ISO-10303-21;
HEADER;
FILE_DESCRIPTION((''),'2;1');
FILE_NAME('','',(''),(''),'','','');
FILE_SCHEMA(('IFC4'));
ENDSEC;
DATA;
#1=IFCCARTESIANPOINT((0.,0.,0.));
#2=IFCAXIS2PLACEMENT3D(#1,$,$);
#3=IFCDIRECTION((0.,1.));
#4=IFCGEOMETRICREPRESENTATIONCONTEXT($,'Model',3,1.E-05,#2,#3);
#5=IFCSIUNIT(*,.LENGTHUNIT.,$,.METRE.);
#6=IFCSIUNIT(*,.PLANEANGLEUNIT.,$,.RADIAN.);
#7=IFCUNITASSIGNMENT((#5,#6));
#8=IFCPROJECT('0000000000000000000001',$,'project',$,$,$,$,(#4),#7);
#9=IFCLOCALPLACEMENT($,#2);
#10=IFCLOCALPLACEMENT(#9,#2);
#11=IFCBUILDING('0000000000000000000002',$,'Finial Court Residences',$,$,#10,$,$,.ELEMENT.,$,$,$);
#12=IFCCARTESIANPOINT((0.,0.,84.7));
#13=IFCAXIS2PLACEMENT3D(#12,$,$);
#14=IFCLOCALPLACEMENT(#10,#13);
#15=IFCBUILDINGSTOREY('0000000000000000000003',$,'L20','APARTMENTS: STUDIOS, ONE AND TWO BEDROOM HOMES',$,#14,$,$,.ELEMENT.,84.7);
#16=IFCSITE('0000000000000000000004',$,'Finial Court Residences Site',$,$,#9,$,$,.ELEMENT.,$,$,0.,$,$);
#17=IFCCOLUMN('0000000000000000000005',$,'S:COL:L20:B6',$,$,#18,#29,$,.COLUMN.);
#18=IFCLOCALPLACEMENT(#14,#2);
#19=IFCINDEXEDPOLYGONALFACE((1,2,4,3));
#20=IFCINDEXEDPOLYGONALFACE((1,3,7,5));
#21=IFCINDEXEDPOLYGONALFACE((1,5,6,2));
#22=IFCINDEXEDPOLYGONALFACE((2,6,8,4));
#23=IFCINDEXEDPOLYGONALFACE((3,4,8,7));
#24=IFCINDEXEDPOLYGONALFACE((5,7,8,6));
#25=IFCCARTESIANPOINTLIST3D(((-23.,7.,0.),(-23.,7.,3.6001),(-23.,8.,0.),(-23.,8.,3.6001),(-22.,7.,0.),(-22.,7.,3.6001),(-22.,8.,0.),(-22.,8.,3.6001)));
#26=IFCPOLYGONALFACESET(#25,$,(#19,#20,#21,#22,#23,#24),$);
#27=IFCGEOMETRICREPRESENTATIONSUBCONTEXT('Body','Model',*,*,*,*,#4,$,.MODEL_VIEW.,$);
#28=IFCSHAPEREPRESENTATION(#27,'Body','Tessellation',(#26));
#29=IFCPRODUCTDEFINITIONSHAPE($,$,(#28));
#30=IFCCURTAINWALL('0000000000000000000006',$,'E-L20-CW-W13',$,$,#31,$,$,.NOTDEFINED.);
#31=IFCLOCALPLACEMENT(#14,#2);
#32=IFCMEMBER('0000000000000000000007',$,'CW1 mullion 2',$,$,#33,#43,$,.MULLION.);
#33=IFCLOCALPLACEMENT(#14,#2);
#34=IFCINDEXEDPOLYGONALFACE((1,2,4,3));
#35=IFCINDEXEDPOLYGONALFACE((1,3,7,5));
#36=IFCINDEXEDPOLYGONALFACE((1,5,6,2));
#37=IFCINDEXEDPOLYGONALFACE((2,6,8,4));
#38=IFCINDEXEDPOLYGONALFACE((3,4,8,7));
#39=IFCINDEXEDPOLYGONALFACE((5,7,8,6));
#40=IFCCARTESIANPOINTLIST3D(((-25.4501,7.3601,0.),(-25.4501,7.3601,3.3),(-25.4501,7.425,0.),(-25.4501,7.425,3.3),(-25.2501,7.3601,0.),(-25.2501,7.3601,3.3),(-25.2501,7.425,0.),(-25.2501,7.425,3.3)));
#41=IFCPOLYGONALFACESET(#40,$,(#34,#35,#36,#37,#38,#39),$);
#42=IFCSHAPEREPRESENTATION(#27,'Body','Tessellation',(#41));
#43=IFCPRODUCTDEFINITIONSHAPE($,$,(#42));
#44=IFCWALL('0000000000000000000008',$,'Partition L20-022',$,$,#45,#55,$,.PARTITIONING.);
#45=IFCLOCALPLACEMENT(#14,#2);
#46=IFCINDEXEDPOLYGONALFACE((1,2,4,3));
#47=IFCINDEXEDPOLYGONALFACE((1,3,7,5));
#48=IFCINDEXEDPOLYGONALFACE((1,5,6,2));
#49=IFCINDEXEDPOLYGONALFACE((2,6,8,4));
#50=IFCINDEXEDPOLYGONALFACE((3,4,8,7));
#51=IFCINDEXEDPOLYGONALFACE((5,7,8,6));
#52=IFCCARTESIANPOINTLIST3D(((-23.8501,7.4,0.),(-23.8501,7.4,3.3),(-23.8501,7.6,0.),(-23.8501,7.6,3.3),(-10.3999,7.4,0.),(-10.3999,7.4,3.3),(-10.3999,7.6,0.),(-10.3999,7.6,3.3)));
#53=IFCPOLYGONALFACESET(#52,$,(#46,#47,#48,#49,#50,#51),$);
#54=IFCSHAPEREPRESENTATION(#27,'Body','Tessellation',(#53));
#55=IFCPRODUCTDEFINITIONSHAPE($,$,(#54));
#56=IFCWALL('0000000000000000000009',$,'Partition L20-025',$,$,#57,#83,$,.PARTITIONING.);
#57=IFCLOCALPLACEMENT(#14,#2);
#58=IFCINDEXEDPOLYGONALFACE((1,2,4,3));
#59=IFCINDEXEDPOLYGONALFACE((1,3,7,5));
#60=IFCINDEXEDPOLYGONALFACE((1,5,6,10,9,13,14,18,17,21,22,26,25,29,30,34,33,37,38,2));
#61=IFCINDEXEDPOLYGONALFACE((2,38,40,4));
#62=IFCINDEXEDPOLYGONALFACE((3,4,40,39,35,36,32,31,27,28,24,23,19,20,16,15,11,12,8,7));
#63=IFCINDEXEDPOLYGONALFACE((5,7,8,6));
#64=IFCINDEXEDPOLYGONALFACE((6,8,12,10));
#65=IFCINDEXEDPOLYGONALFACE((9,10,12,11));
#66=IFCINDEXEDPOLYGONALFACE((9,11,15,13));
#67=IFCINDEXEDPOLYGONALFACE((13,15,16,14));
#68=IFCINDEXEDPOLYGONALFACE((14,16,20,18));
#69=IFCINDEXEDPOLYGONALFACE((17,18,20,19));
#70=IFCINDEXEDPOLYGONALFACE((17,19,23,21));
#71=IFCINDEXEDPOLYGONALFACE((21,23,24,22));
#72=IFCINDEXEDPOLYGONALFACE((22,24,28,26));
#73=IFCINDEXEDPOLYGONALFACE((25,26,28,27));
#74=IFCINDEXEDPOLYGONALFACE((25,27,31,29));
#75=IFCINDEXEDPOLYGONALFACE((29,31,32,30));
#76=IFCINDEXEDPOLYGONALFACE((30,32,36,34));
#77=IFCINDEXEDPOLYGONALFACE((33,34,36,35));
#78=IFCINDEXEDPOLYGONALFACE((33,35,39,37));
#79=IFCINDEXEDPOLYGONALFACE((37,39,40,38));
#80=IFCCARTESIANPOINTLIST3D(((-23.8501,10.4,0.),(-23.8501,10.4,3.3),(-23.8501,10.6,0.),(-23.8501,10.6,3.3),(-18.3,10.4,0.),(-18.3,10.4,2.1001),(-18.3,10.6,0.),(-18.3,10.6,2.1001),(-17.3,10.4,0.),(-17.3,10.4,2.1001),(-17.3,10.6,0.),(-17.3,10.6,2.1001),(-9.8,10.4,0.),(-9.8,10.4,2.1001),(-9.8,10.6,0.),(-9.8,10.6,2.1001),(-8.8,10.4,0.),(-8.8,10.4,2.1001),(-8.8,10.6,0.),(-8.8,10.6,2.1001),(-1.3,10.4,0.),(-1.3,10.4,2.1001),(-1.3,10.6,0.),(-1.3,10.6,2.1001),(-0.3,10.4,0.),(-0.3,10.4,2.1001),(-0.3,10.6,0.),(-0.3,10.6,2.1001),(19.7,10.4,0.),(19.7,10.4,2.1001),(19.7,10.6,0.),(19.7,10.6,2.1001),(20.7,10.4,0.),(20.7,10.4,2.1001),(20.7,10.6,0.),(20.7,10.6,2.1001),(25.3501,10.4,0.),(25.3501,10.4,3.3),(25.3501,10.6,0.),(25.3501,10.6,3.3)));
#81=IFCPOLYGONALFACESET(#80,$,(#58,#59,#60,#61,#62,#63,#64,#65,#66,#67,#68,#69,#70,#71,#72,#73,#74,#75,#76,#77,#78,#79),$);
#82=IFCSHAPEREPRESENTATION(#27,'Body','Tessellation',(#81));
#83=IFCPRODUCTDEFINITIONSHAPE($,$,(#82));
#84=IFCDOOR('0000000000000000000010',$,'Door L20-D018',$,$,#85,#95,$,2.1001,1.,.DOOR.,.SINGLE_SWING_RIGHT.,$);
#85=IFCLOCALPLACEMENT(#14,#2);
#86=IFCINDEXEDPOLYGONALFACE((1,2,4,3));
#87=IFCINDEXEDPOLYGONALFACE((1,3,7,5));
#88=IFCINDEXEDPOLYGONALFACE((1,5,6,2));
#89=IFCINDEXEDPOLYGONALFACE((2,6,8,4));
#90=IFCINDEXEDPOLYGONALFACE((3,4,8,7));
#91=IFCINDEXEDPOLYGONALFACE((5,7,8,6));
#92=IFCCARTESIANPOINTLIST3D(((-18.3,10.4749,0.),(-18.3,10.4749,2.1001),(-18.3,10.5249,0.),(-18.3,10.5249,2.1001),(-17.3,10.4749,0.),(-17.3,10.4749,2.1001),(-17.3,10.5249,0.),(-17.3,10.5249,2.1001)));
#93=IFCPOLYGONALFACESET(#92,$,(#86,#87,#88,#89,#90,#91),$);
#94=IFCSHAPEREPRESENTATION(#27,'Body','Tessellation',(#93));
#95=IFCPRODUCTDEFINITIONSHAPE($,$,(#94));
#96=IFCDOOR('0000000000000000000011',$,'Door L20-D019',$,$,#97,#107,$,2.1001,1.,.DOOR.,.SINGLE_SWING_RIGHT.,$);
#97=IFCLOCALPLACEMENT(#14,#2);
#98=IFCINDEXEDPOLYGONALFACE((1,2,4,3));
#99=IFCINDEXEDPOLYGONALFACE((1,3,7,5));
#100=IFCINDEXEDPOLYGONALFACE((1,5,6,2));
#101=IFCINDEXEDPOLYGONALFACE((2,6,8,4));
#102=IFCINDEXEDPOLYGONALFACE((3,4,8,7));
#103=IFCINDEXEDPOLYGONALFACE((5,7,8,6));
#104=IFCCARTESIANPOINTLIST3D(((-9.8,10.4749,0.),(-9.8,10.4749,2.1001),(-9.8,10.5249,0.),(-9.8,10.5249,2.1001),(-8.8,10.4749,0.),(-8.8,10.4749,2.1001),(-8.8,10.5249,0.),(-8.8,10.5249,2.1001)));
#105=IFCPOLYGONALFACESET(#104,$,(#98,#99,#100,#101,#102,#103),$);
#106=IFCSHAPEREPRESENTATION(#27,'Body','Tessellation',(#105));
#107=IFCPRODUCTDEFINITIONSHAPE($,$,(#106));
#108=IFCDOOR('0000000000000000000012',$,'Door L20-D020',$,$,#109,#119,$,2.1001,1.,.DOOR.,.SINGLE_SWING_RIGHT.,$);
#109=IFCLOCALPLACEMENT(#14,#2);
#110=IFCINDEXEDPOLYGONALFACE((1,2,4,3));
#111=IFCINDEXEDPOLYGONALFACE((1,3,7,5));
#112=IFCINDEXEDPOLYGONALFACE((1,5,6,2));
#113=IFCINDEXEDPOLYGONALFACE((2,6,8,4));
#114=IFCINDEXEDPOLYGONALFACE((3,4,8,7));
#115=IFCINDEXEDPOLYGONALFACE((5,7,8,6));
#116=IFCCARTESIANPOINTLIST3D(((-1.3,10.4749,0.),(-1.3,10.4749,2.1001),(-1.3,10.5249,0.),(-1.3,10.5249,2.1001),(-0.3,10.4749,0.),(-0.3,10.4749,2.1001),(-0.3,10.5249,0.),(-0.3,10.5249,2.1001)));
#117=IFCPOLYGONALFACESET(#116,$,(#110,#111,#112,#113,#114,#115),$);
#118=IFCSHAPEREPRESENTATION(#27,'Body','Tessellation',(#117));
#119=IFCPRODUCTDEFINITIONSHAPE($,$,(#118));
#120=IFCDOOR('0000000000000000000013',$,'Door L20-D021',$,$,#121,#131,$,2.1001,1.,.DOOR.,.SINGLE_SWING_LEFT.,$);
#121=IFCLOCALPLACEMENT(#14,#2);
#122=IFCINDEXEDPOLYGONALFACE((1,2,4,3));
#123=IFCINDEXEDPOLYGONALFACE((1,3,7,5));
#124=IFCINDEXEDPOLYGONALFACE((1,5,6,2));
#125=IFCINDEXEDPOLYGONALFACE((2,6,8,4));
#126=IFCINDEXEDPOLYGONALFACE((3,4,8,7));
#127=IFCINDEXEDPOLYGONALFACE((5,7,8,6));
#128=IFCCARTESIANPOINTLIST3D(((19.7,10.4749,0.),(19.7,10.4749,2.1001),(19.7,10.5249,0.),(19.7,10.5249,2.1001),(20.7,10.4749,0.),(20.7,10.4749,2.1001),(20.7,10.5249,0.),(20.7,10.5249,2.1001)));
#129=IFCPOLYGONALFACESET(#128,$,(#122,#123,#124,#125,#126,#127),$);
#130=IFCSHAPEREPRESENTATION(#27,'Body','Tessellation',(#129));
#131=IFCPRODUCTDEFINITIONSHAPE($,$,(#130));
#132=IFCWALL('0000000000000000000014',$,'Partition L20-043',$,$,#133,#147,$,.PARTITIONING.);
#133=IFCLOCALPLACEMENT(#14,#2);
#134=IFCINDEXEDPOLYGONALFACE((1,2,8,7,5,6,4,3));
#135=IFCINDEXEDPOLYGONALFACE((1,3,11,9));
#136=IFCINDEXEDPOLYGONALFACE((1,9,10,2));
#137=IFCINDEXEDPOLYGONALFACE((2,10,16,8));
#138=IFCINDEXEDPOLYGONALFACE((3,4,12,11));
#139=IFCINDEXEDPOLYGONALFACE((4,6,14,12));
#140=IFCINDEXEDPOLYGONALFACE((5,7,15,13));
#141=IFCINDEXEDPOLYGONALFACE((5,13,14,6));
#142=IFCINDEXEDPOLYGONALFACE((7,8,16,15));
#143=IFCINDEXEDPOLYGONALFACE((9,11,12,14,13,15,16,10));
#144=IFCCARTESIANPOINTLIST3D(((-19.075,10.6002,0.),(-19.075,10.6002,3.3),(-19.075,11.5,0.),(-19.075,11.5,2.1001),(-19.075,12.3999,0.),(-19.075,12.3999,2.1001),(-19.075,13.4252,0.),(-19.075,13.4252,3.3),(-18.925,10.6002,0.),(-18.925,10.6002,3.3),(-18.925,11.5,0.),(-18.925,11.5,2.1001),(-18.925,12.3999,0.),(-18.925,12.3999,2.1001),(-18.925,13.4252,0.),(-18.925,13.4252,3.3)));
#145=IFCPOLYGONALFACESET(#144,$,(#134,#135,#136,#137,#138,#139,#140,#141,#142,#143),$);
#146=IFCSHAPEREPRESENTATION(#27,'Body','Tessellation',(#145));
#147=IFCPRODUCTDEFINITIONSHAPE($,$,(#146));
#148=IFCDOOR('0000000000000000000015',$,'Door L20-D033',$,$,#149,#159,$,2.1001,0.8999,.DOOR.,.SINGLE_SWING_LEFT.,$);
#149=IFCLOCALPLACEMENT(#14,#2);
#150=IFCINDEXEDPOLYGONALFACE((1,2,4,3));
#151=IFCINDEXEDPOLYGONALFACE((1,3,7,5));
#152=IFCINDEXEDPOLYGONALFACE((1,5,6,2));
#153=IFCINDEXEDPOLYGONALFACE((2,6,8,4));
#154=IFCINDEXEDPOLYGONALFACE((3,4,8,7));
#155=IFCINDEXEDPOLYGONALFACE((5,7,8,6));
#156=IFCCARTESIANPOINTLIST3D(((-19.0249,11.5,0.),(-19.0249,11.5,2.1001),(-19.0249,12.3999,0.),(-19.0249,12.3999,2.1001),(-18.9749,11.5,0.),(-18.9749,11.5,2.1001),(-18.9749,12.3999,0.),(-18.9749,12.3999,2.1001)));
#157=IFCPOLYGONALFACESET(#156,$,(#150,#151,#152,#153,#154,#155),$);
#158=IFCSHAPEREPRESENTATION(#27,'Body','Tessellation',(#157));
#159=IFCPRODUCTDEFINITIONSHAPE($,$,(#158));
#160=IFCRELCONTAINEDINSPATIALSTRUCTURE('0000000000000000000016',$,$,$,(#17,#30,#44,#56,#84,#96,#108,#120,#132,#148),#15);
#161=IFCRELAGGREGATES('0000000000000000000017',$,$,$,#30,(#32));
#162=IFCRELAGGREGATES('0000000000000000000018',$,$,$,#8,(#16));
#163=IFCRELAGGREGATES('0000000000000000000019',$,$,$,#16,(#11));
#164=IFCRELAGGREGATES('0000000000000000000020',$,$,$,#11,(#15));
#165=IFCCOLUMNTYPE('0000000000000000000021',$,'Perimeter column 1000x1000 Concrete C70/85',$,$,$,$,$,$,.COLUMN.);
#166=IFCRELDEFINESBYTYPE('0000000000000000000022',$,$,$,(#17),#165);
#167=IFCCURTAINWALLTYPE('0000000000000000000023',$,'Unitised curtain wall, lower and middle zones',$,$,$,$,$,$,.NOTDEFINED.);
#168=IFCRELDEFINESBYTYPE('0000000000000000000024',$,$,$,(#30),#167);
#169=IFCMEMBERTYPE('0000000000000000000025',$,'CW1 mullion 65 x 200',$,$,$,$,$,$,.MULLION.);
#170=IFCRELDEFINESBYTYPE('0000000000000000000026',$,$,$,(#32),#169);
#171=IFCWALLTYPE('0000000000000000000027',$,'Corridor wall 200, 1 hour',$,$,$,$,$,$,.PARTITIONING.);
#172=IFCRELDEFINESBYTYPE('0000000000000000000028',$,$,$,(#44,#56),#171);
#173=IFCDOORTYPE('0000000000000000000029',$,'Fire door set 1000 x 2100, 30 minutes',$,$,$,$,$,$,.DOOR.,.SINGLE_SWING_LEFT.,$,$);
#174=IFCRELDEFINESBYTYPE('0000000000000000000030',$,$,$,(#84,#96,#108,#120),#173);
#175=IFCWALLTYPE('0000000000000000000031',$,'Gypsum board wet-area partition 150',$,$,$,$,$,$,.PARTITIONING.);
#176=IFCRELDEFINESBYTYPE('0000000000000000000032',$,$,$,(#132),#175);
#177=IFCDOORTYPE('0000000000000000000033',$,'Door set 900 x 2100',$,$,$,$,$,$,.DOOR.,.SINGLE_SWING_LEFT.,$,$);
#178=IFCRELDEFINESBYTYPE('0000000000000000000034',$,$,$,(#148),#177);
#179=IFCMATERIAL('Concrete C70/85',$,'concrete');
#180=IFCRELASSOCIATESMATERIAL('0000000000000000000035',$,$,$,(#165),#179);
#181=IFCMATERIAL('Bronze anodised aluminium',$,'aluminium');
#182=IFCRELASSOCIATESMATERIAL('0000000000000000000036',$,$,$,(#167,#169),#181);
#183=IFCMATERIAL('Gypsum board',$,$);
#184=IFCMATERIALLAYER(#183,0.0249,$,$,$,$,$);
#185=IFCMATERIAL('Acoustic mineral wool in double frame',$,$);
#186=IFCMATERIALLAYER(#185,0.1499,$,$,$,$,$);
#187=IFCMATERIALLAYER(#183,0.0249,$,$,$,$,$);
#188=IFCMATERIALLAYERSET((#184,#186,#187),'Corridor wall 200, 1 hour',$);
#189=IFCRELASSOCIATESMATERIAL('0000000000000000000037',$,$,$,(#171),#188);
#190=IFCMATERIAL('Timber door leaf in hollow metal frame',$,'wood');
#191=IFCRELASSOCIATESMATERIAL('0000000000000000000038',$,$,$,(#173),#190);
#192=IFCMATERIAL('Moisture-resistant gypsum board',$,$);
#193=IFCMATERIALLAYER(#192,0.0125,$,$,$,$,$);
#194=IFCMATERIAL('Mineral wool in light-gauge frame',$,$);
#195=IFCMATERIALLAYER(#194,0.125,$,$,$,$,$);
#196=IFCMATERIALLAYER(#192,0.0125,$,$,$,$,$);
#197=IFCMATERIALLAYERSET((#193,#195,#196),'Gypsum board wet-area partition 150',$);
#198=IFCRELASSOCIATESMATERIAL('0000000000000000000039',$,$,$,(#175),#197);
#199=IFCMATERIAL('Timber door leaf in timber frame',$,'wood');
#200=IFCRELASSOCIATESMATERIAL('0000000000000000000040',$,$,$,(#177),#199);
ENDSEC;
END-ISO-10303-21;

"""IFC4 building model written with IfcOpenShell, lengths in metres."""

from ifc_helpers import new_model, si_unit, direction, frame, frame_2d, origin, origin_2d, place, context, subcontext, project, spatial, rectangle, extrude, material, layer, layer_set, material_profile, profile_set, type_object, element, fill, aggregate, save


model = new_model("IFC4")

# Units and contexts
model_context = context("Model", 3, precision=1e-05, world=origin(), true_north=direction((0.0, 1.0)))
body_context = subcontext(model_context, "Body", "Model", "MODEL_VIEW")
ifc_project = project(units=[si_unit("LENGTHUNIT", "METRE"), si_unit("PLANEANGLEUNIT", "RADIAN")], contexts=[model_context])

# Site, building, storey
site_placement = place(None, origin())
site = spatial("IfcSite", under=ifc_project, at=site_placement, Name="Finial Court Residences Site", CompositionType="ELEMENT", RefElevation=0.0)
building_placement = place(site_placement, origin())
building = spatial("IfcBuilding", under=site, at=building_placement, Name="Finial Court Residences", CompositionType="ELEMENT")
storey_placement = place(building_placement, frame((0.0, 0.0, 84.7)))
storey = spatial("IfcBuildingStorey", under=building, at=storey_placement, Name="L20", Description="APARTMENTS: STUDIOS, ONE AND TWO BEDROOM HOMES", CompositionType="ELEMENT", Elevation=84.7)

# Column
ifc_material_1 = material(Name="Concrete C70/85", Category="concrete")
ifc_material_profile_1 = material_profile(ifc_material_1, rectangle(XDim=1.0, YDim=1.0, at=origin_2d()), Name="1000x1000")
ifc_profile_set_1 = profile_set([ifc_material_profile_1], Name="Concrete C70/85")
column_type = type_object("IfcColumnType", Name="Perimeter column 1000x1000 Concrete C70/85", PredefinedType="COLUMN", material=ifc_profile_set_1)
column_placement = place(storey_placement, frame((-22.5, 7.5, 0.0), z_axis=(0.0, 0.0, 1.0), x_axis=(1.0, 0.0, 0.0)))
element("IfcColumn", 1, at=column_placement, inside=storey, type_object=column_type, Name="S:COL:L20:B6", PredefinedType="COLUMN", context=body_context, shape_type="SweptSolid", body=[
    extrude(rectangle(XDim=1.0, YDim=1.0, at=origin_2d()), origin(), (0.0, 0.0, 1.0), 3.6001),
])

# Curtain wall, member
ifc_material_2 = material(Name="Bronze anodised aluminium", Category="aluminium")
curtain_wall_type = type_object("IfcCurtainWallType", Name="Unitised curtain wall, lower and middle zones", PredefinedType="NOTDEFINED", material=ifc_material_2)
curtain_wall_placement = place(storey_placement, origin())
curtain_wall = element("IfcCurtainWall", 2, at=curtain_wall_placement, inside=storey, type_object=curtain_wall_type, Name="E-L20-CW-W13", PredefinedType="NOTDEFINED")
ifc_material_profile_2 = material_profile(ifc_material_2, rectangle(XDim=0.2, YDim=0.0649, at=origin_2d()), Name="CW1 mullion 65 x 200")
ifc_profile_set_2 = profile_set([ifc_material_profile_2], Name="Bronze anodised aluminium")
member_type = type_object("IfcMemberType", Name="CW1 mullion 65 x 200", PredefinedType="MULLION", material=ifc_profile_set_2)
member_placement = place(storey_placement, frame((-25.3501, 7.3926, 0.0), z_axis=(0.0, 0.0, 1.0), x_axis=(-1.0, 0.0, 0.0)))
member = element("IfcMember", 3, at=member_placement, type_object=member_type, Name="CW1 mullion 2", PredefinedType="MULLION", context=body_context, shape_type="SweptSolid", body=[
    extrude(rectangle(XDim=0.2, YDim=0.0649, at=origin_2d()), origin(), (0.0, 0.0, 1.0), 3.3),
])
aggregate(curtain_wall, [member])

# Wall
ifc_material_3 = material(Name="Gypsum board")
ifc_layer_1 = layer(ifc_material_3, 0.0249)
ifc_material_4 = material(Name="Acoustic mineral wool in double frame")
ifc_layer_2 = layer(ifc_material_4, 0.1499)
ifc_layer_3 = layer(ifc_material_3, 0.0249)
ifc_layer_set_1 = layer_set([ifc_layer_1, ifc_layer_2, ifc_layer_3], Name="Corridor wall 200, 1 hour")
wall_type_1 = type_object("IfcWallType", Name="Corridor wall 200, 1 hour", PredefinedType="PARTITIONING", material=ifc_layer_set_1)
wall_1_placement = place(storey_placement, frame((-23.8501, 7.5, 0.0), z_axis=(0.0, 0.0, 1.0), x_axis=(1.0, 0.0, 0.0)))
element("IfcWall", 4, at=wall_1_placement, inside=storey, type_object=wall_type_1, Name="Partition L20-022", PredefinedType="PARTITIONING", context=body_context, shape_type="SweptSolid", body=[
    extrude(rectangle(XDim=13.4502, YDim=0.2, at=frame_2d((6.7251, 0.0))), origin(), (0.0, 0.0, 1.0), 3.3),
])

# Wall, openings, doors
wall_2_placement = place(storey_placement, frame((-23.8501, 10.5, 0.0), z_axis=(0.0, 0.0, 1.0), x_axis=(1.0, 0.0, 0.0)))
wall_2 = element("IfcWall", 5, at=wall_2_placement, inside=storey, type_object=wall_type_1, Name="Partition L20-025", PredefinedType="PARTITIONING", context=body_context, shape_type="SweptSolid", body=[
    extrude(rectangle(XDim=49.2002, YDim=0.2, at=frame_2d((24.6001, 0.0))), origin(), (0.0, 0.0, 1.0), 3.3),
])
opening_1_placement = place(wall_2_placement, frame((5.55, 0.0, 0.0)))
opening_1 = element("IfcOpeningElement", 6, at=opening_1_placement, cuts=wall_2, PredefinedType="OPENING", context=body_context, shape_type="SweptSolid", body=[
    extrude(rectangle(XDim=1.0, YDim=2.1001, at=frame_2d((0.5, 1.05))), frame((0.0, 0.1099, 0.0), z_axis=(0.0, -1.0, 0.0), x_axis=(1.0, 0.0, 0.0)), (0.0, 0.0, 1.0), 0.22),
])
opening_2_placement = place(wall_2_placement, frame((14.05, 0.0, 0.0)))
opening_2 = element("IfcOpeningElement", 7, at=opening_2_placement, cuts=wall_2, PredefinedType="OPENING", context=body_context, shape_type="SweptSolid", body=[
    extrude(rectangle(XDim=1.0, YDim=2.1001, at=frame_2d((0.5, 1.05))), frame((0.0, 0.1099, 0.0), z_axis=(0.0, -1.0, 0.0), x_axis=(1.0, 0.0, 0.0)), (0.0, 0.0, 1.0), 0.22),
])
opening_3_placement = place(wall_2_placement, frame((22.55, 0.0, 0.0)))
opening_3 = element("IfcOpeningElement", 8, at=opening_3_placement, cuts=wall_2, PredefinedType="OPENING", context=body_context, shape_type="SweptSolid", body=[
    extrude(rectangle(XDim=1.0, YDim=2.1001, at=frame_2d((0.5, 1.05))), frame((0.0, 0.1099, 0.0), z_axis=(0.0, -1.0, 0.0), x_axis=(1.0, 0.0, 0.0)), (0.0, 0.0, 1.0), 0.22),
])
opening_4_placement = place(wall_2_placement, frame((43.55, 0.0, 0.0)))
opening_4 = element("IfcOpeningElement", 9, at=opening_4_placement, cuts=wall_2, PredefinedType="OPENING", context=body_context, shape_type="SweptSolid", body=[
    extrude(rectangle(XDim=1.0, YDim=2.1001, at=frame_2d((0.5, 1.05))), frame((0.0, 0.1099, 0.0), z_axis=(0.0, -1.0, 0.0), x_axis=(1.0, 0.0, 0.0)), (0.0, 0.0, 1.0), 0.22),
])
ifc_material_5 = material(Name="Timber door leaf in hollow metal frame", Category="wood")
door_type_1 = type_object("IfcDoorType", Name="Fire door set 1000 x 2100, 30 minutes", OperationType="SINGLE_SWING_LEFT", PredefinedType="DOOR", material=ifc_material_5)
door_1_placement = place(opening_1_placement, origin())
door_1 = element("IfcDoor", 10, at=door_1_placement, inside=storey, type_object=door_type_1, Name="Door L20-D018", OperationType="SINGLE_SWING_RIGHT", OverallHeight=2.1001, OverallWidth=1.0, PredefinedType="DOOR", context=body_context, shape_type="SweptSolid", body=[
    extrude(rectangle(XDim=1.0, YDim=2.1001, at=frame_2d((0.5, 1.05))), frame((0.0, 0.0249, 0.0), z_axis=(0.0, -1.0, 0.0), x_axis=(1.0, 0.0, 0.0)), (0.0, 0.0, 1.0), 0.05),
])
fill(opening_1, door_1)
door_2_placement = place(opening_2_placement, origin())
door_2 = element("IfcDoor", 11, at=door_2_placement, inside=storey, type_object=door_type_1, Name="Door L20-D019", OperationType="SINGLE_SWING_RIGHT", OverallHeight=2.1001, OverallWidth=1.0, PredefinedType="DOOR", context=body_context, shape_type="SweptSolid", body=[
    extrude(rectangle(XDim=1.0, YDim=2.1001, at=frame_2d((0.5, 1.05))), frame((0.0, 0.0249, 0.0), z_axis=(0.0, -1.0, 0.0), x_axis=(1.0, 0.0, 0.0)), (0.0, 0.0, 1.0), 0.05),
])
fill(opening_2, door_2)
door_3_placement = place(opening_3_placement, origin())
door_3 = element("IfcDoor", 12, at=door_3_placement, inside=storey, type_object=door_type_1, Name="Door L20-D020", OperationType="SINGLE_SWING_RIGHT", OverallHeight=2.1001, OverallWidth=1.0, PredefinedType="DOOR", context=body_context, shape_type="SweptSolid", body=[
    extrude(rectangle(XDim=1.0, YDim=2.1001, at=frame_2d((0.5, 1.05))), frame((0.0, 0.0249, 0.0), z_axis=(0.0, -1.0, 0.0), x_axis=(1.0, 0.0, 0.0)), (0.0, 0.0, 1.0), 0.05),
])
fill(opening_3, door_3)
door_4_placement = place(opening_4_placement, origin())
door_4 = element("IfcDoor", 13, at=door_4_placement, inside=storey, type_object=door_type_1, Name="Door L20-D021", OperationType="SINGLE_SWING_LEFT", OverallHeight=2.1001, OverallWidth=1.0, PredefinedType="DOOR", context=body_context, shape_type="SweptSolid", body=[
    extrude(rectangle(XDim=1.0, YDim=2.1001, at=frame_2d((0.5, 1.05))), frame((0.0, 0.0249, 0.0), z_axis=(0.0, -1.0, 0.0), x_axis=(1.0, 0.0, 0.0)), (0.0, 0.0, 1.0), 0.05),
])
fill(opening_4, door_4)

# Wall, opening, door
ifc_material_6 = material(Name="Moisture-resistant gypsum board")
ifc_layer_4 = layer(ifc_material_6, 0.0125)
ifc_material_7 = material(Name="Mineral wool in light-gauge frame")
ifc_layer_5 = layer(ifc_material_7, 0.125)
ifc_layer_6 = layer(ifc_material_6, 0.0125)
ifc_layer_set_2 = layer_set([ifc_layer_4, ifc_layer_5, ifc_layer_6], Name="Gypsum board wet-area partition 150")
wall_type_2 = type_object("IfcWallType", Name="Gypsum board wet-area partition 150", PredefinedType="PARTITIONING", material=ifc_layer_set_2)
wall_3_placement = place(storey_placement, frame((-19.0, 10.6001, 0.0), z_axis=(0.0, 0.0, 1.0), x_axis=(0.0, 1.0, 0.0)))
wall_3 = element("IfcWall", 14, at=wall_3_placement, inside=storey, type_object=wall_type_2, Name="Partition L20-043", PredefinedType="PARTITIONING", context=body_context, shape_type="SweptSolid", body=[
    extrude(rectangle(XDim=2.825, YDim=0.1499, at=frame_2d((1.4126, 0.0))), origin(), (0.0, 0.0, 1.0), 3.3),
])
opening_5_placement = place(wall_3_placement, frame((0.8999, 0.0, 0.0)))
opening_5 = element("IfcOpeningElement", 15, at=opening_5_placement, cuts=wall_3, PredefinedType="OPENING", context=body_context, shape_type="SweptSolid", body=[
    extrude(rectangle(XDim=0.8999, YDim=2.1001, at=frame_2d((0.45, 1.05))), frame((0.0, 0.085, 0.0), z_axis=(0.0, -1.0, 0.0), x_axis=(1.0, 0.0, 0.0)), (0.0, 0.0, 1.0), 0.1699),
])
ifc_material_8 = material(Name="Timber door leaf in timber frame", Category="wood")
door_type_2 = type_object("IfcDoorType", Name="Door set 900 x 2100", OperationType="SINGLE_SWING_LEFT", PredefinedType="DOOR", material=ifc_material_8)
door_5_placement = place(opening_5_placement, origin())
door_5 = element("IfcDoor", 16, at=door_5_placement, inside=storey, type_object=door_type_2, Name="Door L20-D033", OperationType="SINGLE_SWING_LEFT", OverallHeight=2.1001, OverallWidth=0.8999, PredefinedType="DOOR", context=body_context, shape_type="SweptSolid", body=[
    extrude(rectangle(XDim=0.8999, YDim=2.1001, at=frame_2d((0.45, 1.05))), frame((0.0, 0.0249, 0.0), z_axis=(0.0, -1.0, 0.0), x_axis=(1.0, 0.0, 0.0)), (0.0, 0.0, 1.0), 0.05),
])
fill(opening_5, door_5)

save(model, "model.ifc")
